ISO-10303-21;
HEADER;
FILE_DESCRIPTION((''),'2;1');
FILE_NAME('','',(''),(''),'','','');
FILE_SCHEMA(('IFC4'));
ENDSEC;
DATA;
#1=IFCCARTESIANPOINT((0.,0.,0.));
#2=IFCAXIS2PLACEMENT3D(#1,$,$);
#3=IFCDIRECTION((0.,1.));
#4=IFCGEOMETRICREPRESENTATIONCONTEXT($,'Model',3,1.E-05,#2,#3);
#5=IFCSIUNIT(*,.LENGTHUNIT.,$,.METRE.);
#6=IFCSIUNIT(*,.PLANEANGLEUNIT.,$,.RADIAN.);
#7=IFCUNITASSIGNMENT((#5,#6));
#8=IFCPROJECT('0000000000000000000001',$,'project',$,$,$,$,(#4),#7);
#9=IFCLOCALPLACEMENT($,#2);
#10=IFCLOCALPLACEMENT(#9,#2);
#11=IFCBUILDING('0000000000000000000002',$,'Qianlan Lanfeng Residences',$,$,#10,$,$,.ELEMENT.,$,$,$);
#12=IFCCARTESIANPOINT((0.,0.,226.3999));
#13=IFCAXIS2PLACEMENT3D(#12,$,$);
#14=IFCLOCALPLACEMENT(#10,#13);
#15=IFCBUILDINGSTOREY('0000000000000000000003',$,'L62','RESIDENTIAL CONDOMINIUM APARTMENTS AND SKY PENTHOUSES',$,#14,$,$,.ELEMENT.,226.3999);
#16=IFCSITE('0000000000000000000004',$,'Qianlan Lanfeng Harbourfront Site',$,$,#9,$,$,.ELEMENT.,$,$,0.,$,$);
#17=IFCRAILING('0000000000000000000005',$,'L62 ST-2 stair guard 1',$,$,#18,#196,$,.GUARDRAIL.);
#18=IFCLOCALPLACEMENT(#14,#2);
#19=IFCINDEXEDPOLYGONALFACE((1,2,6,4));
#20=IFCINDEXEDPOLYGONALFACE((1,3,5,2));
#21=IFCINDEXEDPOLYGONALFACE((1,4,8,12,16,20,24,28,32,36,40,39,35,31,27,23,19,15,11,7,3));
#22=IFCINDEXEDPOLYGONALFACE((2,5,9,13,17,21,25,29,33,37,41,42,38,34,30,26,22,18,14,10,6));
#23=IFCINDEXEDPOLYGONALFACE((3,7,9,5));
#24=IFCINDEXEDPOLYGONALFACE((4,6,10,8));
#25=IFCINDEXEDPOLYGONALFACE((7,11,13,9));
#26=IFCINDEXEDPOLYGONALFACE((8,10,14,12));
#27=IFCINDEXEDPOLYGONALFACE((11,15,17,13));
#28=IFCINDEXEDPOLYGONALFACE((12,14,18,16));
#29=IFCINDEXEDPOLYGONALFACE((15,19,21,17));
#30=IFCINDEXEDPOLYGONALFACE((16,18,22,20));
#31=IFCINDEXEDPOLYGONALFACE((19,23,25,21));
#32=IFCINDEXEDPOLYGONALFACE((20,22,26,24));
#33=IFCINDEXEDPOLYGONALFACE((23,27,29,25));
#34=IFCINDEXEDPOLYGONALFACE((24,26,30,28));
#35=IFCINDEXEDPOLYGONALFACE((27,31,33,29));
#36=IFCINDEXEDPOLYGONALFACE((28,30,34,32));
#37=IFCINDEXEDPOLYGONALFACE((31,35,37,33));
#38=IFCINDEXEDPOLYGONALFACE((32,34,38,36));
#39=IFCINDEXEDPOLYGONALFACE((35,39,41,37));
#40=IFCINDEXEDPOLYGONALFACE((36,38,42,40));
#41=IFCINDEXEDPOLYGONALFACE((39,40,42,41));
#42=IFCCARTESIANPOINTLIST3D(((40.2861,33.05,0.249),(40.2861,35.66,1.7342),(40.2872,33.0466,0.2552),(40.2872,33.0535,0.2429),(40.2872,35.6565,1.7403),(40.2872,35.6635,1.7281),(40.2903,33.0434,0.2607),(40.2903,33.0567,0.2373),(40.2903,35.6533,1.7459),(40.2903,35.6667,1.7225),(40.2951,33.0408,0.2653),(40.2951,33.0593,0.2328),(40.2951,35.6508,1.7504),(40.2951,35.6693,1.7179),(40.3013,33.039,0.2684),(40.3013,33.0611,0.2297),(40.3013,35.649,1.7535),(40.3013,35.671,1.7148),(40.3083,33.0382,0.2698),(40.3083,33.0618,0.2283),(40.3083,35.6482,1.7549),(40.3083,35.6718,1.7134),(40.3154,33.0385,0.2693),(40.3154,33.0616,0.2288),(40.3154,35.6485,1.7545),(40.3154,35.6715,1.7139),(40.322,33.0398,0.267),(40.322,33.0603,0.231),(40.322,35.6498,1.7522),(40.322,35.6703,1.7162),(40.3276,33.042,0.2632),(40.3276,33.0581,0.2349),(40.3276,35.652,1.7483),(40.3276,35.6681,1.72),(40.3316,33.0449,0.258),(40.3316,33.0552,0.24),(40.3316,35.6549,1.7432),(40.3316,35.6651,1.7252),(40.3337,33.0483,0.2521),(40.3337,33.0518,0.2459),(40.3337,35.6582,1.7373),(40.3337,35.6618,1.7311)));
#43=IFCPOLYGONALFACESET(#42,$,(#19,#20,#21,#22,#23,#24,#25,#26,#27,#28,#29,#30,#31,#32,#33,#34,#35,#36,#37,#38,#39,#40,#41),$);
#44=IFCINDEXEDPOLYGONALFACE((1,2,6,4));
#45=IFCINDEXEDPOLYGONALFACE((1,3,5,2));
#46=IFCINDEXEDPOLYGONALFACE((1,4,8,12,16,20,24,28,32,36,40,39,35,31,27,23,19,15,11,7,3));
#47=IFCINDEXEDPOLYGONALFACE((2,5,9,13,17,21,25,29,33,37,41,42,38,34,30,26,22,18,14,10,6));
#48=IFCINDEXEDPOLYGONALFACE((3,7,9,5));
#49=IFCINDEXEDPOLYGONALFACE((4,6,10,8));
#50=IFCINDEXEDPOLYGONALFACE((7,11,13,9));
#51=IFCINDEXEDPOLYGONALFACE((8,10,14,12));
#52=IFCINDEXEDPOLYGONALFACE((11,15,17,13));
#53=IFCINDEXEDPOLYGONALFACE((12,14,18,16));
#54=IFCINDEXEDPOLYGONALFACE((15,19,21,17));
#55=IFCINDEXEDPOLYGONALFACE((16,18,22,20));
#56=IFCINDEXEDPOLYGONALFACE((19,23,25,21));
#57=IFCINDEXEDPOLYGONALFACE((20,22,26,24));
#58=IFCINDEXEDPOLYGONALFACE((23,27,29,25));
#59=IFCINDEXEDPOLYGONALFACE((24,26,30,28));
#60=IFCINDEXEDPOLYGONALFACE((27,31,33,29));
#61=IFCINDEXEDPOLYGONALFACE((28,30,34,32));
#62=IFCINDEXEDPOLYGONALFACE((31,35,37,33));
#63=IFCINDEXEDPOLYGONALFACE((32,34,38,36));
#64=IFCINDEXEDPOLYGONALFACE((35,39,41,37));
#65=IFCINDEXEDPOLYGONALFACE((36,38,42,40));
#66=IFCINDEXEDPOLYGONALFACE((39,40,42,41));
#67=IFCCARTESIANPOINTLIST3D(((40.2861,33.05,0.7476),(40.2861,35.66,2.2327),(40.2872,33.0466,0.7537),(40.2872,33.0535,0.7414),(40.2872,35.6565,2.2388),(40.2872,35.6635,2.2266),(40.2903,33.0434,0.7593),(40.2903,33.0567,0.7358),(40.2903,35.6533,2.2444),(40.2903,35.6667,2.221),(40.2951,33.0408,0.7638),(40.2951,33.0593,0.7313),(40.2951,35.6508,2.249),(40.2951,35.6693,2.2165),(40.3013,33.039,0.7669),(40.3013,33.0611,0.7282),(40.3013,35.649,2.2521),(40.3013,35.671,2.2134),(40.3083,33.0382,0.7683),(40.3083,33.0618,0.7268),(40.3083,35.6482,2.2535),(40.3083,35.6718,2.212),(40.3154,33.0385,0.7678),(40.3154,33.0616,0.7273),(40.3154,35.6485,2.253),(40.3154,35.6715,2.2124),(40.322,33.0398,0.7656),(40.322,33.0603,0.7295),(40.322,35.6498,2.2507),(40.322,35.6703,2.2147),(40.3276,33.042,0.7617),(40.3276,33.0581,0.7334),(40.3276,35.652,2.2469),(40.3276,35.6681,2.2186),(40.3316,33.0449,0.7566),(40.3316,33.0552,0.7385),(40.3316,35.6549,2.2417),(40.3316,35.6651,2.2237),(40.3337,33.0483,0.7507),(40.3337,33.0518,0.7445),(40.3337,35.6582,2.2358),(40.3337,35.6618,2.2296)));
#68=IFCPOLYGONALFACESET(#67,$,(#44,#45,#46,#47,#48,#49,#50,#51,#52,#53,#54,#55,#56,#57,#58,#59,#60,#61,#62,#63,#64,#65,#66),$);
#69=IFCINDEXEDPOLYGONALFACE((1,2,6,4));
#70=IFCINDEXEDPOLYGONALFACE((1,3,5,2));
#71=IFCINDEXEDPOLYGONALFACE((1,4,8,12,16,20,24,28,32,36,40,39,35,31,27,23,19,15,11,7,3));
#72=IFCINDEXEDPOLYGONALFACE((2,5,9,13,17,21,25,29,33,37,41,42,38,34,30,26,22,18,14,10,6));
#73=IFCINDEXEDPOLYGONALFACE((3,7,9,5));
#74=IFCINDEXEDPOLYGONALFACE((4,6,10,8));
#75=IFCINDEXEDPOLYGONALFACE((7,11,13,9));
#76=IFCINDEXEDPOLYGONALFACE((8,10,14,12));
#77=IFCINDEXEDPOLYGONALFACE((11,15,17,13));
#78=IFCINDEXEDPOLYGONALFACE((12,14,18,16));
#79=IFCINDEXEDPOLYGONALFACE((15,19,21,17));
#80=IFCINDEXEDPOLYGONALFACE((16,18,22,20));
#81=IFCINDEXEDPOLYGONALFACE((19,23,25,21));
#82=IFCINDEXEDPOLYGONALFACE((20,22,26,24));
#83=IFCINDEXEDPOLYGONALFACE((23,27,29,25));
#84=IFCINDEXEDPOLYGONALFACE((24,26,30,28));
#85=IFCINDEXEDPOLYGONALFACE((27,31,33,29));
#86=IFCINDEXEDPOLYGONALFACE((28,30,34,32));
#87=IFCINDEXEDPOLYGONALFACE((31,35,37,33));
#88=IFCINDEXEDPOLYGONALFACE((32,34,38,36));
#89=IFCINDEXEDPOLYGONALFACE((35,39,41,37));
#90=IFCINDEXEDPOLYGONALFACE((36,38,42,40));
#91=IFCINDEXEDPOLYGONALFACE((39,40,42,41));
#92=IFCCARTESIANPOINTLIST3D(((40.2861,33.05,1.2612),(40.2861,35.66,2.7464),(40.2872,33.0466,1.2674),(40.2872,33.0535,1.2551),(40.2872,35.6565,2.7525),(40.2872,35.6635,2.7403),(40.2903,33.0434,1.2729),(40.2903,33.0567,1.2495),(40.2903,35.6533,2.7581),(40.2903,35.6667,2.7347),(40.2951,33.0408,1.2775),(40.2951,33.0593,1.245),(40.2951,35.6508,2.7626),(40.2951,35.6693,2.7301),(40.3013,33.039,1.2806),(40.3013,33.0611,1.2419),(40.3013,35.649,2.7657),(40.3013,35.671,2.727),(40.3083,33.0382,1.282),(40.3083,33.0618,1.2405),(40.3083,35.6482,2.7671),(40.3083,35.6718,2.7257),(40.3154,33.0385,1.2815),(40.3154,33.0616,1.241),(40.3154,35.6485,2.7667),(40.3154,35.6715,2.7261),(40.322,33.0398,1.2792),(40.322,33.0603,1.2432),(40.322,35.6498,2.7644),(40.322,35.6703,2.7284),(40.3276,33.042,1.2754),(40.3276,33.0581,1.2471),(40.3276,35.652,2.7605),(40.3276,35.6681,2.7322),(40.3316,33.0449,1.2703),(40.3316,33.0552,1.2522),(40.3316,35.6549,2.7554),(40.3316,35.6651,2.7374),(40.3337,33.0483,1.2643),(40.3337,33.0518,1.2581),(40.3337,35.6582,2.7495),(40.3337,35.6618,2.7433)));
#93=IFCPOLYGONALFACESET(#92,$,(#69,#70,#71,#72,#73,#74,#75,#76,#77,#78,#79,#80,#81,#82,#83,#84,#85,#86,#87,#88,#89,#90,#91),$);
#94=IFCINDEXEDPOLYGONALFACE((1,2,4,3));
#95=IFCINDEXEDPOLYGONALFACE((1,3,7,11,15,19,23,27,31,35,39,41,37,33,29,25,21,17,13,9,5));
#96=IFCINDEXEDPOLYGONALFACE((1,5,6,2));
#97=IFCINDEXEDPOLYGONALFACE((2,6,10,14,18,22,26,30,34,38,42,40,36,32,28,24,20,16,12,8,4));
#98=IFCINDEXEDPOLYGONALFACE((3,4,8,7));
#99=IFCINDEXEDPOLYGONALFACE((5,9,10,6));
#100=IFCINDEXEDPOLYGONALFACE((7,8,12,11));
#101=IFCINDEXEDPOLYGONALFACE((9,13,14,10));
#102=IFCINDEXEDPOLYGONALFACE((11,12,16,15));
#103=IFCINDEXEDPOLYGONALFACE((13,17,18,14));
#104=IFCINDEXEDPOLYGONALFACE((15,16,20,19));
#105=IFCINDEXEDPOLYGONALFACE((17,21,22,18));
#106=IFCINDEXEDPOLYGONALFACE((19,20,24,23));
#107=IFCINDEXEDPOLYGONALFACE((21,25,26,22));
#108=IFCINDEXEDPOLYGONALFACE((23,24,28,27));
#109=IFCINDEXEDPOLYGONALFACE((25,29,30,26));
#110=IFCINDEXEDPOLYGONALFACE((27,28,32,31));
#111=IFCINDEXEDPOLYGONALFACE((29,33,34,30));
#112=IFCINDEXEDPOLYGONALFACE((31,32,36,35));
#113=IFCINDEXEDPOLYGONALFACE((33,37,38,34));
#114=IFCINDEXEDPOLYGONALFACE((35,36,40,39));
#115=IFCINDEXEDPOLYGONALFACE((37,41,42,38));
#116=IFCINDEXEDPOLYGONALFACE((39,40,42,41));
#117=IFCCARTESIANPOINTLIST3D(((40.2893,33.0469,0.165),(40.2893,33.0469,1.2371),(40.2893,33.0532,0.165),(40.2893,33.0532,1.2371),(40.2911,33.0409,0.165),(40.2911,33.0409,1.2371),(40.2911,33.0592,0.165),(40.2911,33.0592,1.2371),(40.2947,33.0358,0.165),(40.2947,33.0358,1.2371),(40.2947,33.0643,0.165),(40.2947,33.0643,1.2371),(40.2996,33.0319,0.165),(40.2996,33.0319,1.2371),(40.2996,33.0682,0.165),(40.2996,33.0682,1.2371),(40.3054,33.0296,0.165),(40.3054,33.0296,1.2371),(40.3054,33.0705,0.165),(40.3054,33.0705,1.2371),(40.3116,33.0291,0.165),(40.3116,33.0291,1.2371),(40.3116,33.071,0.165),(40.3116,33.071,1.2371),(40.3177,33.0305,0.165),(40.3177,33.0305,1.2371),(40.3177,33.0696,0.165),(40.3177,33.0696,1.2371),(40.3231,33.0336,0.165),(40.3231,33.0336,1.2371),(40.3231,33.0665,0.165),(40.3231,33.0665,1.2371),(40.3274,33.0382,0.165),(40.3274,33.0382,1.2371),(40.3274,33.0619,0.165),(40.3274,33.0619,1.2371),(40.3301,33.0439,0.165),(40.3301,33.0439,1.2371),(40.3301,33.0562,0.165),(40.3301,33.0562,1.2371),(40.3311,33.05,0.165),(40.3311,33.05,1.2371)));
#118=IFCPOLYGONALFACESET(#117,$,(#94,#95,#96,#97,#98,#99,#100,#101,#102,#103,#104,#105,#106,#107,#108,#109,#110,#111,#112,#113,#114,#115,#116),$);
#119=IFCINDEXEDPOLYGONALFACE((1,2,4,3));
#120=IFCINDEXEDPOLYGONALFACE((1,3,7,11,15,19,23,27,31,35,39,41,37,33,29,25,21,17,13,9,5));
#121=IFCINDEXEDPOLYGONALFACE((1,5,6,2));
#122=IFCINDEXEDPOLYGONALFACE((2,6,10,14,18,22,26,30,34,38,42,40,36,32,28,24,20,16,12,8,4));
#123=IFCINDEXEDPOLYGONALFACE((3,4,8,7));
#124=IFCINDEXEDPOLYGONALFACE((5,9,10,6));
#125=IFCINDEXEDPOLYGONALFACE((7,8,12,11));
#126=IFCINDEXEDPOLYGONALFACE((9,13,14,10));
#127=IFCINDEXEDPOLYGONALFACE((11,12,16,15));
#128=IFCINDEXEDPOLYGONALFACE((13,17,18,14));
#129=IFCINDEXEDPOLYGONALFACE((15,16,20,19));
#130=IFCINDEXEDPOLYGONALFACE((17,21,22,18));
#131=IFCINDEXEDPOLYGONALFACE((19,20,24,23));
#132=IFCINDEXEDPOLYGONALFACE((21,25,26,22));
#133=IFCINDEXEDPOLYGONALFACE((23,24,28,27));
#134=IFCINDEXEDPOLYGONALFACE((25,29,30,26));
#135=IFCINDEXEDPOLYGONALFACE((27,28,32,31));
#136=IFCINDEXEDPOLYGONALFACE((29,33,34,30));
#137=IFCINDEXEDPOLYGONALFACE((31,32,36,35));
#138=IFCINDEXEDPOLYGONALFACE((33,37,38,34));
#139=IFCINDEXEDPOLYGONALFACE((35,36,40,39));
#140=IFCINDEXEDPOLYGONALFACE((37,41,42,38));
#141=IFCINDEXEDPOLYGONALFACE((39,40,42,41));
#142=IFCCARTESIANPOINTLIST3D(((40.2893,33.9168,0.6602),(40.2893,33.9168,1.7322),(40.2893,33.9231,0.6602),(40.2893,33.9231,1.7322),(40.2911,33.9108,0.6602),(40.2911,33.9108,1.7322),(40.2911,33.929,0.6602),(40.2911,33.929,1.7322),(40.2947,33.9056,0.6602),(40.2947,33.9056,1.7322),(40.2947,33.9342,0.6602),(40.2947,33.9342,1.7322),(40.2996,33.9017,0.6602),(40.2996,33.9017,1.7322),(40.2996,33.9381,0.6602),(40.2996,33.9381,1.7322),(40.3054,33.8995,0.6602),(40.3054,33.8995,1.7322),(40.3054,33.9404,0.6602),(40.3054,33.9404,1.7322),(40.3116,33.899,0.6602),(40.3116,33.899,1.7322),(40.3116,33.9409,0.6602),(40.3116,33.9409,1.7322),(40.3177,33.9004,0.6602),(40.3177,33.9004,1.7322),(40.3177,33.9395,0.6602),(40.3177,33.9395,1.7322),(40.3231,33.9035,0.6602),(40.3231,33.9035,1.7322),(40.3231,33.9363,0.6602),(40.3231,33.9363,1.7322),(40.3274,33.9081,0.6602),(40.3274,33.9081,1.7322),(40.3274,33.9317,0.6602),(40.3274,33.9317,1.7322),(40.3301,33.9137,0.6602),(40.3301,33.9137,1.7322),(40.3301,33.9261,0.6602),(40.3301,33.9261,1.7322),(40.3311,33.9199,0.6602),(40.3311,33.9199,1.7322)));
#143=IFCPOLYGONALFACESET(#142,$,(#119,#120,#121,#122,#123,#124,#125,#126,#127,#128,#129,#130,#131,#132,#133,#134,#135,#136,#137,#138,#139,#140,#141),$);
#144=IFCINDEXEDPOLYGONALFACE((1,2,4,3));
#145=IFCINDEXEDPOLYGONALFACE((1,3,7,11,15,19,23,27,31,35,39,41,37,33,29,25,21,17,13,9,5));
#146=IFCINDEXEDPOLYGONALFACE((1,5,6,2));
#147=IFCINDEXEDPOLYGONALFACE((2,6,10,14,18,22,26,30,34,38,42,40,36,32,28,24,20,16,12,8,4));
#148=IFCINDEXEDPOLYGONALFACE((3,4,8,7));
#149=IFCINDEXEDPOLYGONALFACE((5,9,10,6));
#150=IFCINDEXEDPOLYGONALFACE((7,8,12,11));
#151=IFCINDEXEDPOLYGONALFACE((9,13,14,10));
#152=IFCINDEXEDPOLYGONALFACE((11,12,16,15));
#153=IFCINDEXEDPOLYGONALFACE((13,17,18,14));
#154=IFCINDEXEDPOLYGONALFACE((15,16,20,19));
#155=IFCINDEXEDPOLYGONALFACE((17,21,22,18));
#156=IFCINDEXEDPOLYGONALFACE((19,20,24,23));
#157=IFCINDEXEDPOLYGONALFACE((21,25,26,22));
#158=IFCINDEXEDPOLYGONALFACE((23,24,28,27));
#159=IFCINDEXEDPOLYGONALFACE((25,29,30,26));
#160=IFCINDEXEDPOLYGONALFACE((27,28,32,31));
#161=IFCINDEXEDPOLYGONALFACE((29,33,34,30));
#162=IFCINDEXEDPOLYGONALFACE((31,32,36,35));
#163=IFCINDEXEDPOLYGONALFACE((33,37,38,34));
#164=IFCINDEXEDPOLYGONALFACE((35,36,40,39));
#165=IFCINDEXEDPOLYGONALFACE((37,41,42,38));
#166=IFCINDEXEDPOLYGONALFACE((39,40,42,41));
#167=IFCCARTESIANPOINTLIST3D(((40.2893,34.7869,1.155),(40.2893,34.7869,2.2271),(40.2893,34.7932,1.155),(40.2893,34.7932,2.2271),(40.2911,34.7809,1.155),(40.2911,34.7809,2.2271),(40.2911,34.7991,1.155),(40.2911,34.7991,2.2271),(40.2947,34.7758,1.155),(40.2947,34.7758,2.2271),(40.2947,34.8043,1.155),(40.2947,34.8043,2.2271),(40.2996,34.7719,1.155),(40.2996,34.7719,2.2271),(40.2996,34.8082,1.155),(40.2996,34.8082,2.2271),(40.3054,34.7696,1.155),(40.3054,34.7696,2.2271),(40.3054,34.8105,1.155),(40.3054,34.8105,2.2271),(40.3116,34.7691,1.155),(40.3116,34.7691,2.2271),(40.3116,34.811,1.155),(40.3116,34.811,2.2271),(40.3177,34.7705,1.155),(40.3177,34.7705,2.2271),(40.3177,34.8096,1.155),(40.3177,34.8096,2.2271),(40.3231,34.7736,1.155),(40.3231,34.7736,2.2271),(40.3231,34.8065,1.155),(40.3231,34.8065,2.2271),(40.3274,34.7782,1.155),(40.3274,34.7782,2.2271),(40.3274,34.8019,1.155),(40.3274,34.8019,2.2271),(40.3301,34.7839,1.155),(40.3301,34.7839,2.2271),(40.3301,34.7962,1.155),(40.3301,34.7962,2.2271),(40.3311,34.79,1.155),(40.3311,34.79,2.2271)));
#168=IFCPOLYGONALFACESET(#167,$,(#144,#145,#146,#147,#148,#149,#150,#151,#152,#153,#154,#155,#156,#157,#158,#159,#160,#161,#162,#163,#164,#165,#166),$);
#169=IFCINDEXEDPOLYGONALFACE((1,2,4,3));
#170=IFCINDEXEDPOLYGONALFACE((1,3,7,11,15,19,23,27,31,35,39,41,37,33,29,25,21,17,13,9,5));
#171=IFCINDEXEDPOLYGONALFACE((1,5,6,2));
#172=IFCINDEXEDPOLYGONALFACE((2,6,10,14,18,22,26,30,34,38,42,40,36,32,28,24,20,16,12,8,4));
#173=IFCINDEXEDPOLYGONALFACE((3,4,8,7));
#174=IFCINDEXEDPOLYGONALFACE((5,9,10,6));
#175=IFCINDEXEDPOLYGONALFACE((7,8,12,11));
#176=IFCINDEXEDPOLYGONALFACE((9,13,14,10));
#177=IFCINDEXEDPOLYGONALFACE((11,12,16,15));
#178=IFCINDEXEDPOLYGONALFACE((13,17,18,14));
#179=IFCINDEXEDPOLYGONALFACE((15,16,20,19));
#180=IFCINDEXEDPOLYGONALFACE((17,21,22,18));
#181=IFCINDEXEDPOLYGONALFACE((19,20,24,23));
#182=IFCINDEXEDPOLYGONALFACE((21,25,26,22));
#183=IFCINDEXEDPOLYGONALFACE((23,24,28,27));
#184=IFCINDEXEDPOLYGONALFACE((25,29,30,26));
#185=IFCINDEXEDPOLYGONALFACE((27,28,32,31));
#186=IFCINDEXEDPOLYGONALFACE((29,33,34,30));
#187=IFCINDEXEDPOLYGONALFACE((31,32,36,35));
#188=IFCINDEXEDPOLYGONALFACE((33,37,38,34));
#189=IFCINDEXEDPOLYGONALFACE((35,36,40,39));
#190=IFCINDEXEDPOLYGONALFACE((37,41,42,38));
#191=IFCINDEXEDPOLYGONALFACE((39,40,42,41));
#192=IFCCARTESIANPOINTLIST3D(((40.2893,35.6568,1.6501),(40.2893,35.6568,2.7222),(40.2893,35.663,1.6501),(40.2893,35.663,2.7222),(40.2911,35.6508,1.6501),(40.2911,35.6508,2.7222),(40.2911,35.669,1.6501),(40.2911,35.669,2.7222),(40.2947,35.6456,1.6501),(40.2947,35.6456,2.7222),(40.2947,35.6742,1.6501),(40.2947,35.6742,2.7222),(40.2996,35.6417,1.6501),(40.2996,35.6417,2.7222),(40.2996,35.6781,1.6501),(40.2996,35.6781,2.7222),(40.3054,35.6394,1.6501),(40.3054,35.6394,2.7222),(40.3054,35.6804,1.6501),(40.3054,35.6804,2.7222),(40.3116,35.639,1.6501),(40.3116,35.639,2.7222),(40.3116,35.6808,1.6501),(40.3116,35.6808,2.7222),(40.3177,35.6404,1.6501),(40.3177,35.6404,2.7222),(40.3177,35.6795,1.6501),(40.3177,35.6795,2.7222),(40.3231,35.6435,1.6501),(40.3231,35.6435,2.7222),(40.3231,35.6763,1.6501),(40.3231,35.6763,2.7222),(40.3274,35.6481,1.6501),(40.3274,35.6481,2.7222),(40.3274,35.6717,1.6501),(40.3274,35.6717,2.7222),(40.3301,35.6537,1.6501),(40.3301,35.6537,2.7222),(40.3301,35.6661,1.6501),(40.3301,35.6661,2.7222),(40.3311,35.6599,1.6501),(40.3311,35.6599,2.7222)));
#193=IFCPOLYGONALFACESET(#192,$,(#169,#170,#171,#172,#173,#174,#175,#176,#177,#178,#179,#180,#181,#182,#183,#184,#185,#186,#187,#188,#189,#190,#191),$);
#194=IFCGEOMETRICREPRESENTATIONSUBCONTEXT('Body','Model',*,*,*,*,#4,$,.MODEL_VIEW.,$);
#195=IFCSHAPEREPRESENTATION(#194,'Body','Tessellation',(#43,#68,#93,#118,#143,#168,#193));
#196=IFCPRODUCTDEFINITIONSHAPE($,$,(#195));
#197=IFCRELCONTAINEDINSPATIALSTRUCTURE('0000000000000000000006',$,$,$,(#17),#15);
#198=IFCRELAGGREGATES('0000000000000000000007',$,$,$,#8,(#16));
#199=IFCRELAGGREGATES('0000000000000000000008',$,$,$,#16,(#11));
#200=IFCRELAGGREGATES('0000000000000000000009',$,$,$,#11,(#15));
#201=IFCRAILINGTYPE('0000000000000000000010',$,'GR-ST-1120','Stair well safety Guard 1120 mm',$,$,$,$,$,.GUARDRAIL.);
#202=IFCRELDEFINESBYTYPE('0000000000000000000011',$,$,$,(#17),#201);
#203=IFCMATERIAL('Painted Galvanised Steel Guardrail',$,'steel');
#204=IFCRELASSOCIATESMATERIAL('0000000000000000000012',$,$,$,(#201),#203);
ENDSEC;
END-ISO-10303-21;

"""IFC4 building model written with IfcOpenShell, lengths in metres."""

from ifc_helpers import new_model, si_unit, direction, frame, origin, origin_2d, place, context, subcontext, project, spatial, circle, extrude, material, type_object, element, save


model = new_model("IFC4")

# Units and contexts
model_context = context("Model", 3, precision=1e-05, world=origin(), true_north=direction((0.0, 1.0)))
body_context = subcontext(model_context, "Body", "Model", "MODEL_VIEW")
ifc_project = project(units=[si_unit("LENGTHUNIT", "METRE"), si_unit("PLANEANGLEUNIT", "RADIAN")], contexts=[model_context])

# Site, building, storey
site_placement = place(None, origin())
site = spatial("IfcSite", under=ifc_project, at=site_placement, Name="Qianlan Lanfeng Harbourfront Site", CompositionType="ELEMENT", RefElevation=0.0)
building_placement = place(site_placement, origin())
building = spatial("IfcBuilding", under=site, at=building_placement, Name="Qianlan Lanfeng Residences", CompositionType="ELEMENT")
storey_placement = place(building_placement, frame((0.0, 0.0, 226.3999)))
storey = spatial("IfcBuildingStorey", under=building, at=storey_placement, Name="L62", Description="RESIDENTIAL CONDOMINIUM APARTMENTS AND SKY PENTHOUSES", CompositionType="ELEMENT", Elevation=226.3999)

# Railing
ifc_material_1 = material(Name="Painted Galvanised Steel Guardrail", Category="steel")
railing_type_1 = type_object("IfcRailingType", Name="GR-ST-1120", Description="Stair well safety Guard 1120 mm", PredefinedType="GUARDRAIL", material=ifc_material_1)
railing_1_placement = place(storey_placement, frame((40.3101, 33.05, 0.165)))
element("IfcRailing", 1, at=railing_1_placement, inside=storey, type_object=railing_type_1, Name="L62 ST-2 stair guard 1", PredefinedType="GUARDRAIL", context=body_context, shape_type="SweptSolid", body=[
    extrude(circle(Radius=0.0239, at=origin_2d()), frame((0.0, 0.0, 0.084), z_axis=(0.0, 0.869137, 0.494571), x_axis=(-1.0, 0.0, 0.0)), (0.0, 0.0, 1.0), 3.0029),
    extrude(circle(Radius=0.0239, at=origin_2d()), frame((0.0, 0.0, 0.5825), z_axis=(0.0, 0.869137, 0.494571), x_axis=(-1.0, 0.0, 0.0)), (0.0, 0.0, 1.0), 3.0029),
    extrude(circle(Radius=0.0239, at=origin_2d()), frame((0.0, 0.0, 1.0962), z_axis=(0.0, 0.869137, 0.494571), x_axis=(-1.0, 0.0, 0.0)), (0.0, 0.0, 1.0), 3.0029),
    extrude(circle(Radius=0.021, at=origin_2d()), origin(), (0.0, 0.0, 1.0), 1.072),
    extrude(circle(Radius=0.021, at=origin_2d()), frame((0.0, 0.8699, 0.4951)), (0.0, 0.0, 1.0), 1.072),
    extrude(circle(Radius=0.021, at=origin_2d()), frame((0.0, 1.74, 0.99)), (0.0, 0.0, 1.0), 1.072),
    extrude(circle(Radius=0.021, at=origin_2d()), frame((0.0, 2.6099, 1.4851)), (0.0, 0.0, 1.0), 1.072),
])

save(model, "model.ifc")
